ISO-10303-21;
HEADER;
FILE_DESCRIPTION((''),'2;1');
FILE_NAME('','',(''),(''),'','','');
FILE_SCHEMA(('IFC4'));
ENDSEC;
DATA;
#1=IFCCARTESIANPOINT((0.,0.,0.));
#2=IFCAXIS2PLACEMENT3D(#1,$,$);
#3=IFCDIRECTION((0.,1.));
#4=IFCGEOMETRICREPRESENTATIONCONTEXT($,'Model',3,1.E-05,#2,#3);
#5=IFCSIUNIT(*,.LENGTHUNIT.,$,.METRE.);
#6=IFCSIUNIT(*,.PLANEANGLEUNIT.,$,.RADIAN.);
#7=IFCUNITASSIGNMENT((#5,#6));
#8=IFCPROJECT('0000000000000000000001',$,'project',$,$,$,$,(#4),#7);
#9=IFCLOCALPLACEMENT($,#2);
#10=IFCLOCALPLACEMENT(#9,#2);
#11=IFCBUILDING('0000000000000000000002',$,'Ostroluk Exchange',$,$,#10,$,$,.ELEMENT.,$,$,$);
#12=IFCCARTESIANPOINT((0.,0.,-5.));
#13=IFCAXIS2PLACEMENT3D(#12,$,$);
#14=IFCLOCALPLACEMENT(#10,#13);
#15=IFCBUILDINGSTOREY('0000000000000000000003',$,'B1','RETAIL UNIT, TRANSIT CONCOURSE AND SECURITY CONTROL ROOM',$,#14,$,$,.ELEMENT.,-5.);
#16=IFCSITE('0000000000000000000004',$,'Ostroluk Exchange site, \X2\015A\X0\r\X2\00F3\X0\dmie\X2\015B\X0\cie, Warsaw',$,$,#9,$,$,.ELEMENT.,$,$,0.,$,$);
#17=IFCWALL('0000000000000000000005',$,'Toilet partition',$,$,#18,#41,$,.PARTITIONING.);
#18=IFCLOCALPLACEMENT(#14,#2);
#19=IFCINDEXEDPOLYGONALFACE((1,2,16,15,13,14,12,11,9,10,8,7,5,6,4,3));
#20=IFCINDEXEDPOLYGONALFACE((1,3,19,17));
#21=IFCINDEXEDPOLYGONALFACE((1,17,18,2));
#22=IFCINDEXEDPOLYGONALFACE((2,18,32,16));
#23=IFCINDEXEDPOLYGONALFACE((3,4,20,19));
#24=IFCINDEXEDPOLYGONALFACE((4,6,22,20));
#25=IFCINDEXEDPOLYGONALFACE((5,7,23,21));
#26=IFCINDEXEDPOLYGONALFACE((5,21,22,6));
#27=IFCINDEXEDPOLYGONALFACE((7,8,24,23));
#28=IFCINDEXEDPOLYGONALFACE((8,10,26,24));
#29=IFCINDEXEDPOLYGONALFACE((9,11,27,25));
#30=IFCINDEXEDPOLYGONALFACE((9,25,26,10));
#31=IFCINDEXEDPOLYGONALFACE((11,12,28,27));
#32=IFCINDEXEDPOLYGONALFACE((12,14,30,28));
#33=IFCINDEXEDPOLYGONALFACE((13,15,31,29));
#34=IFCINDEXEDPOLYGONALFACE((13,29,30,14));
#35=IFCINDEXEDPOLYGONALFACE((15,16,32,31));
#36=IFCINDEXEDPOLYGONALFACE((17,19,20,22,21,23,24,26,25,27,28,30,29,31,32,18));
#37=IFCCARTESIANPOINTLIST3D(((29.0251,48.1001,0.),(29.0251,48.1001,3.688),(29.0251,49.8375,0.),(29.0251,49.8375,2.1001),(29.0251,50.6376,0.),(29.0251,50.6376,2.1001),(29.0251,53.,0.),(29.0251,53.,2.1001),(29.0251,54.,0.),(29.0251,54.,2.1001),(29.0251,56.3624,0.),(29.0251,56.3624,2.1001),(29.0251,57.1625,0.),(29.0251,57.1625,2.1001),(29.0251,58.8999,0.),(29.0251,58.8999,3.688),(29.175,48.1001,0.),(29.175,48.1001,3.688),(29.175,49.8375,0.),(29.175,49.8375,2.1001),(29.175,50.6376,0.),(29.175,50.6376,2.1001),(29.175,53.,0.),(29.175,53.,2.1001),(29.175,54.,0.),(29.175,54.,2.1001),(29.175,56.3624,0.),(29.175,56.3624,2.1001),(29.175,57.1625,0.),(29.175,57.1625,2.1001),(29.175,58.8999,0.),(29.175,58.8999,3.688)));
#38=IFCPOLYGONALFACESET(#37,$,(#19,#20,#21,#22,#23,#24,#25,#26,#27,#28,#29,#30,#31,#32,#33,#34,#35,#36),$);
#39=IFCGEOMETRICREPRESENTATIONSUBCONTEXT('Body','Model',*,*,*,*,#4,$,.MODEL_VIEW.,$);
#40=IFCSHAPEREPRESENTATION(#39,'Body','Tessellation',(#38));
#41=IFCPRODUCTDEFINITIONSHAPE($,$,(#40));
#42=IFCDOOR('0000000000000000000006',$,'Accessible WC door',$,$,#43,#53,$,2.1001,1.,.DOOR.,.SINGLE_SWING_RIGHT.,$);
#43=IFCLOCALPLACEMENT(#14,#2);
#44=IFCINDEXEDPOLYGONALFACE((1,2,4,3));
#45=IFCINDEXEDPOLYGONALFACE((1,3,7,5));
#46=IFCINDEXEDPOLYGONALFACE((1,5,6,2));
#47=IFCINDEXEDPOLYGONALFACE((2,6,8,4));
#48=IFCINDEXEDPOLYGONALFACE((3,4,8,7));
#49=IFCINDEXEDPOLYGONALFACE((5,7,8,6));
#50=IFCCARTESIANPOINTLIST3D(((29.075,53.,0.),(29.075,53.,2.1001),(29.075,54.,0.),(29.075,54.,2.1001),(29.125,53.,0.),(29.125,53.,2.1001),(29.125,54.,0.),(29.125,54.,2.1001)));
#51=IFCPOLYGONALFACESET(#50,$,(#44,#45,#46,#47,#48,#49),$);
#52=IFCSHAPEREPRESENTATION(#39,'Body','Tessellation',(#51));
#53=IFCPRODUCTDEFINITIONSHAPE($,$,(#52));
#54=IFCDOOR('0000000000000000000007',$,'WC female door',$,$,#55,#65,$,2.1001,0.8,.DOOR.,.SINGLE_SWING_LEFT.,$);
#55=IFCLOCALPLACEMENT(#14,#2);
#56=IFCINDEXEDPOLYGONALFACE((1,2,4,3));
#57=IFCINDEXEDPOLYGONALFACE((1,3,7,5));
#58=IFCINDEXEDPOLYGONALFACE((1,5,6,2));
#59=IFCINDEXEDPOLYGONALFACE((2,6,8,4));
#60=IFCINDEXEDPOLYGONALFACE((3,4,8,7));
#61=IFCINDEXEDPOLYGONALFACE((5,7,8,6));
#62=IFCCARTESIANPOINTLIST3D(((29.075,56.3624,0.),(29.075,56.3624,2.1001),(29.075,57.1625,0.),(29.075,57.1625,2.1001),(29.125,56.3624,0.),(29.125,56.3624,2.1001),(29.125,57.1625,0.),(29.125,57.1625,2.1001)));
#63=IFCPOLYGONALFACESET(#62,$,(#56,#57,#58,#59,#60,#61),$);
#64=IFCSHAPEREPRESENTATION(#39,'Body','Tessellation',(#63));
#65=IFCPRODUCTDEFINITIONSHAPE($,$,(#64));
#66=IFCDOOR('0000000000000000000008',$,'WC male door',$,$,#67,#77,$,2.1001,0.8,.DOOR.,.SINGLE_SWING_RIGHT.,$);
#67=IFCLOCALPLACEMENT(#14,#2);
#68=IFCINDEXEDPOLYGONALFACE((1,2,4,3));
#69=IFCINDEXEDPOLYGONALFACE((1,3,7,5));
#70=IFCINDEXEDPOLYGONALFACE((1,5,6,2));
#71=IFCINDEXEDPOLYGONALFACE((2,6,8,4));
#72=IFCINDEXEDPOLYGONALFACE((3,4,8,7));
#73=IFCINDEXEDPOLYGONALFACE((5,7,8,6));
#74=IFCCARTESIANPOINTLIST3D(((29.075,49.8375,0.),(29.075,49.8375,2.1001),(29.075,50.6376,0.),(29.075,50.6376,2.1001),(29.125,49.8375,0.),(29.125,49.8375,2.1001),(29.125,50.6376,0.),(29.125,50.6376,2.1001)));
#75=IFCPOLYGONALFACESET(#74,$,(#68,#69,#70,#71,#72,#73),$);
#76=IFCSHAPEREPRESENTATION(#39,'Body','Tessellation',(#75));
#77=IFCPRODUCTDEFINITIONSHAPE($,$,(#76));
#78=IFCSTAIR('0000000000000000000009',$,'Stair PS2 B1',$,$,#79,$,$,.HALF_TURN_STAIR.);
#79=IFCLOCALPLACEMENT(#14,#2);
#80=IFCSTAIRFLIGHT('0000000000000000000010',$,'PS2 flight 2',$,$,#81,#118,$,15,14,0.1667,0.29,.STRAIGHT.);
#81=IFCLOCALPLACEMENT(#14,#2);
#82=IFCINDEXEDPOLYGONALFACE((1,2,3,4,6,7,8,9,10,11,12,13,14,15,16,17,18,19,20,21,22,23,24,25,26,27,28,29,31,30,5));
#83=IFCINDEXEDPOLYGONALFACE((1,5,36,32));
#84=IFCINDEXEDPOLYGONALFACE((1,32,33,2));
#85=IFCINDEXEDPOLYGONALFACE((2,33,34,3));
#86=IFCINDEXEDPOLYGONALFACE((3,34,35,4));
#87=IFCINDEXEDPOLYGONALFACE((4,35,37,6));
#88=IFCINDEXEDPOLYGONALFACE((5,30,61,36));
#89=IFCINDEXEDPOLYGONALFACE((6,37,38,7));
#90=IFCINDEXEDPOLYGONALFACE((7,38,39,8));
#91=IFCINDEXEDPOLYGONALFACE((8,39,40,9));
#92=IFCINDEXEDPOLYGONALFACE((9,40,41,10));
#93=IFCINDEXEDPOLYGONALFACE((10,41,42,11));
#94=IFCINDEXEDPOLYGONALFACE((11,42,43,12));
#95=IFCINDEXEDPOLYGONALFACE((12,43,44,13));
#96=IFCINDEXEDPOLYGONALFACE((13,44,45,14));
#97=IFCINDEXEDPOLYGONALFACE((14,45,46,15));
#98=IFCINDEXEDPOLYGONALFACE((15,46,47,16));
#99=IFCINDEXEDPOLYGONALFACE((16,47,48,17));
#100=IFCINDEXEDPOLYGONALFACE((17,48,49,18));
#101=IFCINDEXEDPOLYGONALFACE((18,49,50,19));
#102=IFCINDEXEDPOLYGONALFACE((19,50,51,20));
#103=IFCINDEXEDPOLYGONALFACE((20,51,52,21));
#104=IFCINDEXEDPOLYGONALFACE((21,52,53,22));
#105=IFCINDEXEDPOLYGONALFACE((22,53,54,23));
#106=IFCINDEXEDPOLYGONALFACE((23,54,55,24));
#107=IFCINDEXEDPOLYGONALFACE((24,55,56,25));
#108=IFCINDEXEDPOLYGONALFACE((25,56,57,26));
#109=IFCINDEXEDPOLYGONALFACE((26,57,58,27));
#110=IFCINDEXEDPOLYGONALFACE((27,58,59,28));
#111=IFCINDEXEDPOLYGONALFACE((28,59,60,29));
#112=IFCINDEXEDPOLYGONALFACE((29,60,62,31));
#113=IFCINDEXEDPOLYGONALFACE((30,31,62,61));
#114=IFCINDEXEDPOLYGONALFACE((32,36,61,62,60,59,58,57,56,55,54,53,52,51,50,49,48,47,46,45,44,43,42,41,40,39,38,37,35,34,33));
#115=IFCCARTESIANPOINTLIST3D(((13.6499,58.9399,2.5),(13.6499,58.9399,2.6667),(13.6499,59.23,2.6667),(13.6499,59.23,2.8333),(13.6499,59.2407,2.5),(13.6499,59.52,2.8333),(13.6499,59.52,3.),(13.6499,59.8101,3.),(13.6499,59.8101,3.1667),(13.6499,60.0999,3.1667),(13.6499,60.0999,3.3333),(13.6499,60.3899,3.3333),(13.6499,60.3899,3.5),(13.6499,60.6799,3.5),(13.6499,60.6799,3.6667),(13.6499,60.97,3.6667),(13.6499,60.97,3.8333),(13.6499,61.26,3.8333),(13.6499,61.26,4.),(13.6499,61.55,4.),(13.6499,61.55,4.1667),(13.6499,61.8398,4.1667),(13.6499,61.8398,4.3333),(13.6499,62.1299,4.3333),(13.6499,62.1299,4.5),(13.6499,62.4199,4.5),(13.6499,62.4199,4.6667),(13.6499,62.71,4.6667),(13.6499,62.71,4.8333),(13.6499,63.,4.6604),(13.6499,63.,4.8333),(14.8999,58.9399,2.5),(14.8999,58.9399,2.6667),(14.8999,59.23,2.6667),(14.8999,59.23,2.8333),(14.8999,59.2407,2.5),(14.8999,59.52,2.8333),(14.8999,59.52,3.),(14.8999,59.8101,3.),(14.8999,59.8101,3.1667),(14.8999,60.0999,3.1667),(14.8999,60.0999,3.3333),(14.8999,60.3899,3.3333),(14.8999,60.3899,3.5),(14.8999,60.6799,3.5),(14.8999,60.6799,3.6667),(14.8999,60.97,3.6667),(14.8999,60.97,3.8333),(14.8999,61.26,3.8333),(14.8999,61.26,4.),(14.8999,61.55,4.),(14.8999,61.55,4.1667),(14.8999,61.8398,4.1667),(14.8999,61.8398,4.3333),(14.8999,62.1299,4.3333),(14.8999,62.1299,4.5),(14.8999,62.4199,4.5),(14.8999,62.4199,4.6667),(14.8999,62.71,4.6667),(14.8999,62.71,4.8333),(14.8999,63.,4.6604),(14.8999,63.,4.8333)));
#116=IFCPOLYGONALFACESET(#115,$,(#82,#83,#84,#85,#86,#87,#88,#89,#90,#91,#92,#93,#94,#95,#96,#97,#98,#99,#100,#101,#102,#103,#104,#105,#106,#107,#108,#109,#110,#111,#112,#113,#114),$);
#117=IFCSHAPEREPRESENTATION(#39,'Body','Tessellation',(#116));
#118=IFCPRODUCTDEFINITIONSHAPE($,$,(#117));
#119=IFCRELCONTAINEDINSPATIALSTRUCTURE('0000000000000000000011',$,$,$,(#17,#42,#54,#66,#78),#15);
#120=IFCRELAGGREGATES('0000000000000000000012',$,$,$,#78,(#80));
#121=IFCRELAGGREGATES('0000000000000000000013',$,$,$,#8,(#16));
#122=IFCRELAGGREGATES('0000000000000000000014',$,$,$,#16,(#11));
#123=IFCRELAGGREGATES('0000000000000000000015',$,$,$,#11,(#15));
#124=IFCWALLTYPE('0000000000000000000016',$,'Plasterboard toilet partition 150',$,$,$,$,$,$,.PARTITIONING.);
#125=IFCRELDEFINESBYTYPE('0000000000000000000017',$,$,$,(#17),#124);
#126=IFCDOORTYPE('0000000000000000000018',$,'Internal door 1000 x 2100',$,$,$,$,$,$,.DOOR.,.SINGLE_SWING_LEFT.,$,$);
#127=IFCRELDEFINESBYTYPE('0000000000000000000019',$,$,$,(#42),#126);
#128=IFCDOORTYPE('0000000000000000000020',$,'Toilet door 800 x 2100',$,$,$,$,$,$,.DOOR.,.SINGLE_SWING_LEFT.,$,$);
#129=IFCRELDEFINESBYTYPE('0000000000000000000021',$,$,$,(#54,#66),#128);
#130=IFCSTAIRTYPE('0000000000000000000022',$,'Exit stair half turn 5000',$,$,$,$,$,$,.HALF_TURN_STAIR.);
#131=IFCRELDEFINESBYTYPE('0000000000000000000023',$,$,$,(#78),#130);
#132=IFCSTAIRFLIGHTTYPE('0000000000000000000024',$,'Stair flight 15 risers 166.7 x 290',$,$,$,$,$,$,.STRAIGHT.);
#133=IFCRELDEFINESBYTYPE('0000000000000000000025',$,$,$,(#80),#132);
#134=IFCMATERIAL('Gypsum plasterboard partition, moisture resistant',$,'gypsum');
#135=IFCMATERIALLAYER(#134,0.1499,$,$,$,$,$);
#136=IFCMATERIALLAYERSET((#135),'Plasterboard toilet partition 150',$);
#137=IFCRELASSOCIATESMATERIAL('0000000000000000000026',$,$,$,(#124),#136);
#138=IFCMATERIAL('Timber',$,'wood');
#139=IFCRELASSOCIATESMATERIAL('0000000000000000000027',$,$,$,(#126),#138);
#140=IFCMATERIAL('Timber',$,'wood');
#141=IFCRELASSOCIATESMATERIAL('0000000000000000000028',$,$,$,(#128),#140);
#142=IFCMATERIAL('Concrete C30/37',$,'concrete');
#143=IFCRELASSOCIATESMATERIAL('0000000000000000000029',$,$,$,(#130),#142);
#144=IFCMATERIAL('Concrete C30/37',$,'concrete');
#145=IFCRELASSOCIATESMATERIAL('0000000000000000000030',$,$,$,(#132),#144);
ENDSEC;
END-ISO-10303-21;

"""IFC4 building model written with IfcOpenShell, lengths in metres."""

from ifc_helpers import new_model, si_unit, direction, frame, frame_2d, origin, place, context, subcontext, project, spatial, polyline, rectangle, outline, extrude, material, layer, layer_set, type_object, element, fill, aggregate, save


model = new_model("IFC4")

# Units and contexts
model_context = context("Model", 3, precision=1e-05, world=origin(), true_north=direction((0.0, 1.0)))
body_context = subcontext(model_context, "Body", "Model", "MODEL_VIEW")
ifc_project = project(units=[si_unit("LENGTHUNIT", "METRE"), si_unit("PLANEANGLEUNIT", "RADIAN")], contexts=[model_context])

# Site, building, storey
site_placement = place(None, origin())
site = spatial("IfcSite", under=ifc_project, at=site_placement, Name="Ostroluk Exchange site, Śródmieście, Warsaw", CompositionType="ELEMENT", RefElevation=0.0)
building_placement = place(site_placement, origin())
building = spatial("IfcBuilding", under=site, at=building_placement, Name="Ostroluk Exchange", CompositionType="ELEMENT")
storey_placement = place(building_placement, frame((0.0, 0.0, -5.0)))
storey = spatial("IfcBuildingStorey", under=building, at=storey_placement, Name="B1", Description="RETAIL UNIT, TRANSIT CONCOURSE AND SECURITY CONTROL ROOM", CompositionType="ELEMENT", Elevation=-5.0)

# Wall, openings, doors
ifc_material_1 = material(Name="Gypsum plasterboard partition, moisture resistant", Category="gypsum")
ifc_layer_1 = layer(ifc_material_1, 0.1499)
ifc_layer_set_1 = layer_set([ifc_layer_1], Name="Plasterboard toilet partition 150")
wall_type_1 = type_object("IfcWallType", Name="Plasterboard toilet partition 150", PredefinedType="PARTITIONING", material=ifc_layer_set_1)
wall_1_placement = place(storey_placement, frame((29.1001, 58.8999, 0.0), z_axis=(0.0, 0.0, 1.0), x_axis=(0.0, -1.0, 0.0)))
wall_1 = element("IfcWall", 1, at=wall_1_placement, inside=storey, type_object=wall_type_1, Name="Toilet partition", PredefinedType="PARTITIONING", context=body_context, shape_type="SweptSolid", body=[
    extrude(rectangle(XDim=10.7998, YDim=0.1499, at=frame_2d((5.3999, 0.0))), origin(), (0.0, 0.0, 1.0), 3.688),
])
opening_1_placement = place(wall_1_placement, frame((1.7375, 0.0, 0.0)))
opening_1 = element("IfcOpeningElement", 2, at=opening_1_placement, cuts=wall_1, PredefinedType="OPENING", context=body_context, shape_type="SweptSolid", body=[
    extrude(rectangle(XDim=0.8, YDim=2.1001, at=frame_2d((0.3999, 1.05))), frame((0.0, 0.085, 0.0), z_axis=(0.0, -1.0, 0.0), x_axis=(1.0, 0.0, 0.0)), (0.0, 0.0, 1.0), 0.1699),
])
opening_2_placement = place(wall_1_placement, frame((4.8999, 0.0, 0.0)))
opening_2 = element("IfcOpeningElement", 3, at=opening_2_placement, cuts=wall_1, PredefinedType="OPENING", context=body_context, shape_type="SweptSolid", body=[
    extrude(rectangle(XDim=1.0, YDim=2.1001, at=frame_2d((0.5, 1.05))), frame((0.0, 0.085, 0.0), z_axis=(0.0, -1.0, 0.0), x_axis=(1.0, 0.0, 0.0)), (0.0, 0.0, 1.0), 0.1699),
])
opening_3_placement = place(wall_1_placement, frame((8.2625, 0.0, 0.0)))
opening_3 = element("IfcOpeningElement", 4, at=opening_3_placement, cuts=wall_1, PredefinedType="OPENING", context=body_context, shape_type="SweptSolid", body=[
    extrude(rectangle(XDim=0.8, YDim=2.1001, at=frame_2d((0.3999, 1.05))), frame((0.0, 0.085, 0.0), z_axis=(0.0, -1.0, 0.0), x_axis=(1.0, 0.0, 0.0)), (0.0, 0.0, 1.0), 0.1699),
])
ifc_material_2 = material(Name="Timber", Category="wood")
door_type_1 = type_object("IfcDoorType", Name="Internal door 1000 x 2100", OperationType="SINGLE_SWING_LEFT", PredefinedType="DOOR", material=ifc_material_2)
door_1_placement = place(opening_2_placement, origin())
door_1 = element("IfcDoor", 5, at=door_1_placement, inside=storey, type_object=door_type_1, Name="Accessible WC door", OperationType="SINGLE_SWING_RIGHT", OverallHeight=2.1001, OverallWidth=1.0, PredefinedType="DOOR", context=body_context, shape_type="SweptSolid", body=[
    extrude(rectangle(XDim=1.0, YDim=2.1001, at=frame_2d((0.5, 1.05))), frame((0.0, 0.0249, 0.0), z_axis=(0.0, -1.0, 0.0), x_axis=(1.0, 0.0, 0.0)), (0.0, 0.0, 1.0), 0.05),
])
fill(opening_2, door_1)
ifc_material_3 = material(Name="Timber", Category="wood")
door_type_2 = type_object("IfcDoorType", Name="Toilet door 800 x 2100", OperationType="SINGLE_SWING_LEFT", PredefinedType="DOOR", material=ifc_material_3)
door_2_placement = place(opening_1_placement, origin())
door_2 = element("IfcDoor", 6, at=door_2_placement, inside=storey, type_object=door_type_2, Name="WC female door", OperationType="SINGLE_SWING_LEFT", OverallHeight=2.1001, OverallWidth=0.8, PredefinedType="DOOR", context=body_context, shape_type="SweptSolid", body=[
    extrude(rectangle(XDim=0.8, YDim=2.1001, at=frame_2d((0.3999, 1.05))), frame((0.0, 0.0249, 0.0), z_axis=(0.0, -1.0, 0.0), x_axis=(1.0, 0.0, 0.0)), (0.0, 0.0, 1.0), 0.05),
])
fill(opening_1, door_2)
door_3_placement = place(opening_3_placement, origin())
door_3 = element("IfcDoor", 7, at=door_3_placement, inside=storey, type_object=door_type_2, Name="WC male door", OperationType="SINGLE_SWING_RIGHT", OverallHeight=2.1001, OverallWidth=0.8, PredefinedType="DOOR", context=body_context, shape_type="SweptSolid", body=[
    extrude(rectangle(XDim=0.8, YDim=2.1001, at=frame_2d((0.3999, 1.05))), frame((0.0, 0.0249, 0.0), z_axis=(0.0, -1.0, 0.0), x_axis=(1.0, 0.0, 0.0)), (0.0, 0.0, 1.0), 0.05),
])
fill(opening_3, door_3)

# Stair, stair flight
ifc_material_4 = material(Name="Concrete C30/37", Category="concrete")
stair_type = type_object("IfcStairType", Name="Exit stair half turn 5000", PredefinedType="HALF_TURN_STAIR", material=ifc_material_4)
stair_placement = place(storey_placement, origin())
stair = element("IfcStair", 8, at=stair_placement, inside=storey, type_object=stair_type, Name="Stair PS2 B1", PredefinedType="HALF_TURN_STAIR")
ifc_material_5 = material(Name="Concrete C30/37", Category="concrete")
stair_flight_type = type_object("IfcStairFlightType", Name="Stair flight 15 risers 166.7 x 290", PredefinedType="STRAIGHT", material=ifc_material_5)
stair_flight_placement = place(storey_placement, frame((14.2749, 58.9399, 2.5), z_axis=(0.0, 0.0, 1.0), x_axis=(0.0, 1.0, 0.0)))
stair_flight = element("IfcStairFlight", 9, at=stair_flight_placement, type_object=stair_flight_type, Name="PS2 flight 2", NumberOfRisers=15, NumberOfTreads=14, PredefinedType="STRAIGHT", RiserHeight=0.1667, TreadLength=0.29, context=body_context, shape_type="SweptSolid", body=[
    extrude(outline(polyline([(0.0, 0.0), (0.0, 0.1667), (0.29, 0.1667), (0.29, 0.3333), (0.5801, 0.3333), (0.5801, 0.5), (0.8701, 0.5), (0.8701, 0.6667), (1.1599, 0.6667), (1.1599, 0.8333), (1.45, 0.8333), (1.45, 1.0), (1.74, 1.0), (1.74, 1.1667), (2.03, 1.1667), (2.03, 1.3333), (2.3201, 1.3333), (2.3201, 1.5), (2.6101, 1.5), (2.6101, 1.6667), (2.8999, 1.6667), (2.8999, 1.8333), (3.1899, 1.8333), (3.1899, 2.0), (3.48, 2.0), (3.48, 2.1667), (3.77, 2.1667), (3.77, 2.3333), (4.0601, 2.3333), (4.0601, 2.5), (4.0601, 2.1604), (0.3008, 0.0), (0.0, 0.0)])), frame((0.0, 0.625, 0.0), z_axis=(0.0, -1.0, 0.0), x_axis=(1.0, 0.0, 0.0)), (0.0, 0.0, 1.0), 1.25),
])
aggregate(stair, [stair_flight])

save(model, "model.ifc")
